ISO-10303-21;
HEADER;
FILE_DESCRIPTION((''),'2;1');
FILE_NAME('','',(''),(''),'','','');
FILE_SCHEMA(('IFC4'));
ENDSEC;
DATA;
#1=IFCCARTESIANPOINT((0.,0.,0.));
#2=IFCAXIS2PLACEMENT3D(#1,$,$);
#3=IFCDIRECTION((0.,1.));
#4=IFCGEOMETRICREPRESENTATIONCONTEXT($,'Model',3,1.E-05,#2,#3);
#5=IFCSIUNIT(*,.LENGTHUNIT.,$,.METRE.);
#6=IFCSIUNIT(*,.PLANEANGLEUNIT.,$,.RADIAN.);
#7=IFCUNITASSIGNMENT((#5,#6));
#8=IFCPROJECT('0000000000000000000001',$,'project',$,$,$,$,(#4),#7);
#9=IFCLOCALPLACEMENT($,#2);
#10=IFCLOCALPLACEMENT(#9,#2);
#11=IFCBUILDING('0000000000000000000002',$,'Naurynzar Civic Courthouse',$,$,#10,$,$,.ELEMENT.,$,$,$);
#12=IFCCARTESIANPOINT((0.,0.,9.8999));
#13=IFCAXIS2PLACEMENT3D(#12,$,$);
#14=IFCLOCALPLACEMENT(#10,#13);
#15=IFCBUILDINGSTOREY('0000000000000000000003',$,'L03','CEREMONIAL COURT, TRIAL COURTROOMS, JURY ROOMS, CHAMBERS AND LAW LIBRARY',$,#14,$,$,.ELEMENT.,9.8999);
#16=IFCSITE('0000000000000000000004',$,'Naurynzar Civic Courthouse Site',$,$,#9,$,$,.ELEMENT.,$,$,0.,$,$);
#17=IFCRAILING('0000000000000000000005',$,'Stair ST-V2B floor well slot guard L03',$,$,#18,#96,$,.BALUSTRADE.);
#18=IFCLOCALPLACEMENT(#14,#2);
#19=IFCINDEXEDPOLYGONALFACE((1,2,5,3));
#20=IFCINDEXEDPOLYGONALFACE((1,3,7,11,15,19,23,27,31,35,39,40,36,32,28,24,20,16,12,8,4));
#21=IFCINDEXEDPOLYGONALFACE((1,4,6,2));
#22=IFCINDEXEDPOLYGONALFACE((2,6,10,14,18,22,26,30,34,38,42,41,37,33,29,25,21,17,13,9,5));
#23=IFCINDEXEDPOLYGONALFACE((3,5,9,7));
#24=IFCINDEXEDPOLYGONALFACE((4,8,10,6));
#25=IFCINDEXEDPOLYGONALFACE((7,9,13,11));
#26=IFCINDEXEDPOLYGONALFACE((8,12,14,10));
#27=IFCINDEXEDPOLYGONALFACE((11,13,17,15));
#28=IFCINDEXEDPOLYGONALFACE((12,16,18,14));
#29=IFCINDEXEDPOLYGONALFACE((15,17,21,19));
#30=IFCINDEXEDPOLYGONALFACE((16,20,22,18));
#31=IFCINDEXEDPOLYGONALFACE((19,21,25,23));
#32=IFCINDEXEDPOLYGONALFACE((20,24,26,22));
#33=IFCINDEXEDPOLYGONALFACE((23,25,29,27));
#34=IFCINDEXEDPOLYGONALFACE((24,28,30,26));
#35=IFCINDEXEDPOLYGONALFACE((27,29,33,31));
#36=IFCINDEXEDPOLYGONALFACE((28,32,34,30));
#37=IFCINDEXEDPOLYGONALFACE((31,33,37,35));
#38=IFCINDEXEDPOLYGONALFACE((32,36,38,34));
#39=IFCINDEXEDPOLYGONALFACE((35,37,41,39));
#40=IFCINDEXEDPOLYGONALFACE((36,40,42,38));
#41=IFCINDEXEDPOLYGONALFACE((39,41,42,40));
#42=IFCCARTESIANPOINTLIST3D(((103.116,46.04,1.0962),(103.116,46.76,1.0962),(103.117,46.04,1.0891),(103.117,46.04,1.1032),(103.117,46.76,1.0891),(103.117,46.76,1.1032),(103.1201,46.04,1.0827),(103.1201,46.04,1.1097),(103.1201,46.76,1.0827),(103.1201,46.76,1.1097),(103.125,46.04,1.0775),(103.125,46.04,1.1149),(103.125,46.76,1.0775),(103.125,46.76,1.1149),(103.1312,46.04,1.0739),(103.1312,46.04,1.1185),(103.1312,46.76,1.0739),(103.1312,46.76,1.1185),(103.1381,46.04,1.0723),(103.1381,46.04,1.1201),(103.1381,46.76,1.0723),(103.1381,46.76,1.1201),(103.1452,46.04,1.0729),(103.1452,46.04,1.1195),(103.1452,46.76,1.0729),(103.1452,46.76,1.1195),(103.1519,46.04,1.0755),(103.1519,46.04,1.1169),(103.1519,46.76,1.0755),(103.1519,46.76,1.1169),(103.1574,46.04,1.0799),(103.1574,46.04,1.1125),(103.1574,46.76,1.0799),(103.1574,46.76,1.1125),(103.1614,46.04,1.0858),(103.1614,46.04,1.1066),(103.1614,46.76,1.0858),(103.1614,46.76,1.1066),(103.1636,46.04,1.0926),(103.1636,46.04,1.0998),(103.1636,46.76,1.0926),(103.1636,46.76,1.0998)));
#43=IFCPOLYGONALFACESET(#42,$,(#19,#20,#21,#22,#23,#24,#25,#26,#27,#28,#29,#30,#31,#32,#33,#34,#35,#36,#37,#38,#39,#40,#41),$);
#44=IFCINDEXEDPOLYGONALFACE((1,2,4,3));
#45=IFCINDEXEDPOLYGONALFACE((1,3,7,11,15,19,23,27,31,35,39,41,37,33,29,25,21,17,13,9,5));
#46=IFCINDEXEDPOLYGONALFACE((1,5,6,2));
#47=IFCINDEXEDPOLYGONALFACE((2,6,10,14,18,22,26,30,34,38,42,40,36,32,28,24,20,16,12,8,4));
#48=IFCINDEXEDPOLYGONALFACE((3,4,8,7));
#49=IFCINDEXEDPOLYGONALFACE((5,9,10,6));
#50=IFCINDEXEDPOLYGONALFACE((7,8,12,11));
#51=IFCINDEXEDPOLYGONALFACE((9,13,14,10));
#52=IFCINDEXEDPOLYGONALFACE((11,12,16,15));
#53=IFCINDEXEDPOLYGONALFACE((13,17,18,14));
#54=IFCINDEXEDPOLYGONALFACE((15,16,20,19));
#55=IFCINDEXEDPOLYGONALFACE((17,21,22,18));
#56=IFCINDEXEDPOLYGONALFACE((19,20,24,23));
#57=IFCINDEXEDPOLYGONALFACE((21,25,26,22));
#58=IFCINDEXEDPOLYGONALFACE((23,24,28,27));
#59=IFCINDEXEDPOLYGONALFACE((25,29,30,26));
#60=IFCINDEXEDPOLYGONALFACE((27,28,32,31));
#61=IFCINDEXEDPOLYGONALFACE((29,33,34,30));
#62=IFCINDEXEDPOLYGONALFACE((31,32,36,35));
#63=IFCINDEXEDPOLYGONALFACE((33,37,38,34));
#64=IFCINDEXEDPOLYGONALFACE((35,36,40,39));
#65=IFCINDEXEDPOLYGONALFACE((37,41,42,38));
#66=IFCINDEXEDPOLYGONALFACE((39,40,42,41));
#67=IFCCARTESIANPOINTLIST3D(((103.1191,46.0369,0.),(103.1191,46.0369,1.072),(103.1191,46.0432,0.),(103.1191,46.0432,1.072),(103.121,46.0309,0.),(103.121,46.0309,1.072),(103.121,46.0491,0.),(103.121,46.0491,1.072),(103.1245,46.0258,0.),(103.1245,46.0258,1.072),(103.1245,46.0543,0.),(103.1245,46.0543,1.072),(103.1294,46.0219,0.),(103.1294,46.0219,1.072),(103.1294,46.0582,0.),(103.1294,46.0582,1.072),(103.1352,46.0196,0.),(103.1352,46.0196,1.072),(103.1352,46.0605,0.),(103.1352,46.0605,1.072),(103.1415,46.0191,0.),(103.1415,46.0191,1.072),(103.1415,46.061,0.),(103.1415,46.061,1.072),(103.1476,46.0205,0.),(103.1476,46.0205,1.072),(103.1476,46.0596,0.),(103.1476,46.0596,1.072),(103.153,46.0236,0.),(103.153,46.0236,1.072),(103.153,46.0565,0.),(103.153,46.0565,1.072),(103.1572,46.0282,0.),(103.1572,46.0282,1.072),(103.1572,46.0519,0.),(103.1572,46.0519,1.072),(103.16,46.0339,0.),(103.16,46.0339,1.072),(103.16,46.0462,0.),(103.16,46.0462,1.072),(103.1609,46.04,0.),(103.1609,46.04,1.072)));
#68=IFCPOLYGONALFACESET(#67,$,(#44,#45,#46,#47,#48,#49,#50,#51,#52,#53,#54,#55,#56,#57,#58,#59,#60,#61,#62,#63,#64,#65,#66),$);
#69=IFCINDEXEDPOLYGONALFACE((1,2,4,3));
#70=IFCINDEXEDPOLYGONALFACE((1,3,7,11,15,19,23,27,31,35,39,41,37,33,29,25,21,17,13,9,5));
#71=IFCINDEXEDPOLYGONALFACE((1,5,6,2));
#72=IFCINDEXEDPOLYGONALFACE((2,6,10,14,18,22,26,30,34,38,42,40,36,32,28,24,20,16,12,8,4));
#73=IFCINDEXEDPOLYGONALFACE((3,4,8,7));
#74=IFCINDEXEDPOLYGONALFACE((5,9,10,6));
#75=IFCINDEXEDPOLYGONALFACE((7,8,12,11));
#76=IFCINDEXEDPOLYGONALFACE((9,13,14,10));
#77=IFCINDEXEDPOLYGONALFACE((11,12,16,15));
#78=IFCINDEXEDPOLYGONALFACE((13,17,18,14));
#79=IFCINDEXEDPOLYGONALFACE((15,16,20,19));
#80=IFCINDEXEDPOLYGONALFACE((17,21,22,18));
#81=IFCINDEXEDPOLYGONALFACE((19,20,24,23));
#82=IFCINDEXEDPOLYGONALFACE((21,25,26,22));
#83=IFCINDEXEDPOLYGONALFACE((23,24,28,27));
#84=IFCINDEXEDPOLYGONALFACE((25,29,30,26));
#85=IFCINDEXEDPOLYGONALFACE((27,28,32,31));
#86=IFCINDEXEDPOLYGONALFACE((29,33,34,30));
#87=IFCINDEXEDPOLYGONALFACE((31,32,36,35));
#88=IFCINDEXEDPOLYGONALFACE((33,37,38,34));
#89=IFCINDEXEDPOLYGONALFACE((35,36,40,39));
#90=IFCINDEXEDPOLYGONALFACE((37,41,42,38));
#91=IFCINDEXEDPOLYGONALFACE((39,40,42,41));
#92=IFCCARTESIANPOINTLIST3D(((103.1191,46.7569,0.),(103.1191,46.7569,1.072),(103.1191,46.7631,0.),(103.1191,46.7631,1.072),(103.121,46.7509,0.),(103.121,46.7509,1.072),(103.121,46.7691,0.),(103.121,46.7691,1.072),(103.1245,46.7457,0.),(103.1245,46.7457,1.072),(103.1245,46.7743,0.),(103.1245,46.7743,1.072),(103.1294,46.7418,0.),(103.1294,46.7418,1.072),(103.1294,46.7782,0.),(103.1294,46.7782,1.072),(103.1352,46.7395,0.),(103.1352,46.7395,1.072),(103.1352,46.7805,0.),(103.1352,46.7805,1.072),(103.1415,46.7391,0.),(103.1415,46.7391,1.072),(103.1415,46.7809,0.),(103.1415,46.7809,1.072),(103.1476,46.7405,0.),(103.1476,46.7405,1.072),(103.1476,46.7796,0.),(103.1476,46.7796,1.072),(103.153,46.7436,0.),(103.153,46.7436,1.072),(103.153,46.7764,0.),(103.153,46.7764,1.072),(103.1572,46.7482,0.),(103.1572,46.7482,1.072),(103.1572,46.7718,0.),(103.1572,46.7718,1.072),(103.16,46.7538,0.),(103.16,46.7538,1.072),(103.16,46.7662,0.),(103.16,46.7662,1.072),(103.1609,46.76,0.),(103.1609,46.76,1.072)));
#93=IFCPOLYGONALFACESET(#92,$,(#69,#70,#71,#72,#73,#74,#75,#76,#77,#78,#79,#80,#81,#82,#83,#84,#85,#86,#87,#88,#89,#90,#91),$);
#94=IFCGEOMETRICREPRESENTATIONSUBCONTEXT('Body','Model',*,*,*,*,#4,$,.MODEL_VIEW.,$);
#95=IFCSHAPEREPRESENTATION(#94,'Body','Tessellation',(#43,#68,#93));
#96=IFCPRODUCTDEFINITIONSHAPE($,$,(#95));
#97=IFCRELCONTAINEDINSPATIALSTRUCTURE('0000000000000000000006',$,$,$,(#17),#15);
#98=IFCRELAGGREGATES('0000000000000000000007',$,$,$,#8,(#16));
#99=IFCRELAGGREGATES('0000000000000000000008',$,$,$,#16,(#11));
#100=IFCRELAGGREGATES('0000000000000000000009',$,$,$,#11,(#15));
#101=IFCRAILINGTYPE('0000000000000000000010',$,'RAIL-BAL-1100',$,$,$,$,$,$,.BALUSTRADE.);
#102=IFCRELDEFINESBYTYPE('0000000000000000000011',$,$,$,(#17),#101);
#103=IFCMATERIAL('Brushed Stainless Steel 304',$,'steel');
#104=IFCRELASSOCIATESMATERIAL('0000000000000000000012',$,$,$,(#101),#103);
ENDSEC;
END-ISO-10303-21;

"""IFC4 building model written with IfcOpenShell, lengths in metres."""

from ifc_helpers import new_model, si_unit, direction, frame, origin, origin_2d, place, context, subcontext, project, spatial, circle, extrude, material, type_object, element, save


model = new_model("IFC4")

# Units and contexts
model_context = context("Model", 3, precision=1e-05, world=origin(), true_north=direction((0.0, 1.0)))
body_context = subcontext(model_context, "Body", "Model", "MODEL_VIEW")
ifc_project = project(units=[si_unit("LENGTHUNIT", "METRE"), si_unit("PLANEANGLEUNIT", "RADIAN")], contexts=[model_context])

# Site, building, storey
site_placement = place(None, origin())
site = spatial("IfcSite", under=ifc_project, at=site_placement, Name="Naurynzar Civic Courthouse Site", CompositionType="ELEMENT", RefElevation=0.0)
building_placement = place(site_placement, origin())
building = spatial("IfcBuilding", under=site, at=building_placement, Name="Naurynzar Civic Courthouse", CompositionType="ELEMENT")
storey_placement = place(building_placement, frame((0.0, 0.0, 9.8999)))
storey = spatial("IfcBuildingStorey", under=building, at=storey_placement, Name="L03", Description="CEREMONIAL COURT, TRIAL COURTROOMS, JURY ROOMS, CHAMBERS AND LAW LIBRARY", CompositionType="ELEMENT", Elevation=9.8999)

# Railing
ifc_material_1 = material(Name="Brushed Stainless Steel 304", Category="steel")
railing_type_1 = type_object("IfcRailingType", Name="RAIL-BAL-1100", PredefinedType="BALUSTRADE", material=ifc_material_1)
railing_1_placement = place(storey_placement, frame((103.1399, 46.04, 0.0)))
element("IfcRailing", 1, at=railing_1_placement, inside=storey, type_object=railing_type_1, Name="Stair ST-V2B floor well slot guard L03", PredefinedType="BALUSTRADE", context=body_context, shape_type="SweptSolid", body=[
    extrude(circle(Radius=0.0239, at=origin_2d()), frame((0.0, 0.0, 1.0962), z_axis=(0.0, 1.0, 0.0), x_axis=(-1.0, 0.0, 0.0)), (0.0, 0.0, 1.0), 0.72),
    extrude(circle(Radius=0.021, at=origin_2d()), origin(), (0.0, 0.0, 1.0), 1.072),
    extrude(circle(Radius=0.021, at=origin_2d()), frame((0.0, 0.72, 0.0)), (0.0, 0.0, 1.0), 1.072),
])

save(model, "model.ifc")
